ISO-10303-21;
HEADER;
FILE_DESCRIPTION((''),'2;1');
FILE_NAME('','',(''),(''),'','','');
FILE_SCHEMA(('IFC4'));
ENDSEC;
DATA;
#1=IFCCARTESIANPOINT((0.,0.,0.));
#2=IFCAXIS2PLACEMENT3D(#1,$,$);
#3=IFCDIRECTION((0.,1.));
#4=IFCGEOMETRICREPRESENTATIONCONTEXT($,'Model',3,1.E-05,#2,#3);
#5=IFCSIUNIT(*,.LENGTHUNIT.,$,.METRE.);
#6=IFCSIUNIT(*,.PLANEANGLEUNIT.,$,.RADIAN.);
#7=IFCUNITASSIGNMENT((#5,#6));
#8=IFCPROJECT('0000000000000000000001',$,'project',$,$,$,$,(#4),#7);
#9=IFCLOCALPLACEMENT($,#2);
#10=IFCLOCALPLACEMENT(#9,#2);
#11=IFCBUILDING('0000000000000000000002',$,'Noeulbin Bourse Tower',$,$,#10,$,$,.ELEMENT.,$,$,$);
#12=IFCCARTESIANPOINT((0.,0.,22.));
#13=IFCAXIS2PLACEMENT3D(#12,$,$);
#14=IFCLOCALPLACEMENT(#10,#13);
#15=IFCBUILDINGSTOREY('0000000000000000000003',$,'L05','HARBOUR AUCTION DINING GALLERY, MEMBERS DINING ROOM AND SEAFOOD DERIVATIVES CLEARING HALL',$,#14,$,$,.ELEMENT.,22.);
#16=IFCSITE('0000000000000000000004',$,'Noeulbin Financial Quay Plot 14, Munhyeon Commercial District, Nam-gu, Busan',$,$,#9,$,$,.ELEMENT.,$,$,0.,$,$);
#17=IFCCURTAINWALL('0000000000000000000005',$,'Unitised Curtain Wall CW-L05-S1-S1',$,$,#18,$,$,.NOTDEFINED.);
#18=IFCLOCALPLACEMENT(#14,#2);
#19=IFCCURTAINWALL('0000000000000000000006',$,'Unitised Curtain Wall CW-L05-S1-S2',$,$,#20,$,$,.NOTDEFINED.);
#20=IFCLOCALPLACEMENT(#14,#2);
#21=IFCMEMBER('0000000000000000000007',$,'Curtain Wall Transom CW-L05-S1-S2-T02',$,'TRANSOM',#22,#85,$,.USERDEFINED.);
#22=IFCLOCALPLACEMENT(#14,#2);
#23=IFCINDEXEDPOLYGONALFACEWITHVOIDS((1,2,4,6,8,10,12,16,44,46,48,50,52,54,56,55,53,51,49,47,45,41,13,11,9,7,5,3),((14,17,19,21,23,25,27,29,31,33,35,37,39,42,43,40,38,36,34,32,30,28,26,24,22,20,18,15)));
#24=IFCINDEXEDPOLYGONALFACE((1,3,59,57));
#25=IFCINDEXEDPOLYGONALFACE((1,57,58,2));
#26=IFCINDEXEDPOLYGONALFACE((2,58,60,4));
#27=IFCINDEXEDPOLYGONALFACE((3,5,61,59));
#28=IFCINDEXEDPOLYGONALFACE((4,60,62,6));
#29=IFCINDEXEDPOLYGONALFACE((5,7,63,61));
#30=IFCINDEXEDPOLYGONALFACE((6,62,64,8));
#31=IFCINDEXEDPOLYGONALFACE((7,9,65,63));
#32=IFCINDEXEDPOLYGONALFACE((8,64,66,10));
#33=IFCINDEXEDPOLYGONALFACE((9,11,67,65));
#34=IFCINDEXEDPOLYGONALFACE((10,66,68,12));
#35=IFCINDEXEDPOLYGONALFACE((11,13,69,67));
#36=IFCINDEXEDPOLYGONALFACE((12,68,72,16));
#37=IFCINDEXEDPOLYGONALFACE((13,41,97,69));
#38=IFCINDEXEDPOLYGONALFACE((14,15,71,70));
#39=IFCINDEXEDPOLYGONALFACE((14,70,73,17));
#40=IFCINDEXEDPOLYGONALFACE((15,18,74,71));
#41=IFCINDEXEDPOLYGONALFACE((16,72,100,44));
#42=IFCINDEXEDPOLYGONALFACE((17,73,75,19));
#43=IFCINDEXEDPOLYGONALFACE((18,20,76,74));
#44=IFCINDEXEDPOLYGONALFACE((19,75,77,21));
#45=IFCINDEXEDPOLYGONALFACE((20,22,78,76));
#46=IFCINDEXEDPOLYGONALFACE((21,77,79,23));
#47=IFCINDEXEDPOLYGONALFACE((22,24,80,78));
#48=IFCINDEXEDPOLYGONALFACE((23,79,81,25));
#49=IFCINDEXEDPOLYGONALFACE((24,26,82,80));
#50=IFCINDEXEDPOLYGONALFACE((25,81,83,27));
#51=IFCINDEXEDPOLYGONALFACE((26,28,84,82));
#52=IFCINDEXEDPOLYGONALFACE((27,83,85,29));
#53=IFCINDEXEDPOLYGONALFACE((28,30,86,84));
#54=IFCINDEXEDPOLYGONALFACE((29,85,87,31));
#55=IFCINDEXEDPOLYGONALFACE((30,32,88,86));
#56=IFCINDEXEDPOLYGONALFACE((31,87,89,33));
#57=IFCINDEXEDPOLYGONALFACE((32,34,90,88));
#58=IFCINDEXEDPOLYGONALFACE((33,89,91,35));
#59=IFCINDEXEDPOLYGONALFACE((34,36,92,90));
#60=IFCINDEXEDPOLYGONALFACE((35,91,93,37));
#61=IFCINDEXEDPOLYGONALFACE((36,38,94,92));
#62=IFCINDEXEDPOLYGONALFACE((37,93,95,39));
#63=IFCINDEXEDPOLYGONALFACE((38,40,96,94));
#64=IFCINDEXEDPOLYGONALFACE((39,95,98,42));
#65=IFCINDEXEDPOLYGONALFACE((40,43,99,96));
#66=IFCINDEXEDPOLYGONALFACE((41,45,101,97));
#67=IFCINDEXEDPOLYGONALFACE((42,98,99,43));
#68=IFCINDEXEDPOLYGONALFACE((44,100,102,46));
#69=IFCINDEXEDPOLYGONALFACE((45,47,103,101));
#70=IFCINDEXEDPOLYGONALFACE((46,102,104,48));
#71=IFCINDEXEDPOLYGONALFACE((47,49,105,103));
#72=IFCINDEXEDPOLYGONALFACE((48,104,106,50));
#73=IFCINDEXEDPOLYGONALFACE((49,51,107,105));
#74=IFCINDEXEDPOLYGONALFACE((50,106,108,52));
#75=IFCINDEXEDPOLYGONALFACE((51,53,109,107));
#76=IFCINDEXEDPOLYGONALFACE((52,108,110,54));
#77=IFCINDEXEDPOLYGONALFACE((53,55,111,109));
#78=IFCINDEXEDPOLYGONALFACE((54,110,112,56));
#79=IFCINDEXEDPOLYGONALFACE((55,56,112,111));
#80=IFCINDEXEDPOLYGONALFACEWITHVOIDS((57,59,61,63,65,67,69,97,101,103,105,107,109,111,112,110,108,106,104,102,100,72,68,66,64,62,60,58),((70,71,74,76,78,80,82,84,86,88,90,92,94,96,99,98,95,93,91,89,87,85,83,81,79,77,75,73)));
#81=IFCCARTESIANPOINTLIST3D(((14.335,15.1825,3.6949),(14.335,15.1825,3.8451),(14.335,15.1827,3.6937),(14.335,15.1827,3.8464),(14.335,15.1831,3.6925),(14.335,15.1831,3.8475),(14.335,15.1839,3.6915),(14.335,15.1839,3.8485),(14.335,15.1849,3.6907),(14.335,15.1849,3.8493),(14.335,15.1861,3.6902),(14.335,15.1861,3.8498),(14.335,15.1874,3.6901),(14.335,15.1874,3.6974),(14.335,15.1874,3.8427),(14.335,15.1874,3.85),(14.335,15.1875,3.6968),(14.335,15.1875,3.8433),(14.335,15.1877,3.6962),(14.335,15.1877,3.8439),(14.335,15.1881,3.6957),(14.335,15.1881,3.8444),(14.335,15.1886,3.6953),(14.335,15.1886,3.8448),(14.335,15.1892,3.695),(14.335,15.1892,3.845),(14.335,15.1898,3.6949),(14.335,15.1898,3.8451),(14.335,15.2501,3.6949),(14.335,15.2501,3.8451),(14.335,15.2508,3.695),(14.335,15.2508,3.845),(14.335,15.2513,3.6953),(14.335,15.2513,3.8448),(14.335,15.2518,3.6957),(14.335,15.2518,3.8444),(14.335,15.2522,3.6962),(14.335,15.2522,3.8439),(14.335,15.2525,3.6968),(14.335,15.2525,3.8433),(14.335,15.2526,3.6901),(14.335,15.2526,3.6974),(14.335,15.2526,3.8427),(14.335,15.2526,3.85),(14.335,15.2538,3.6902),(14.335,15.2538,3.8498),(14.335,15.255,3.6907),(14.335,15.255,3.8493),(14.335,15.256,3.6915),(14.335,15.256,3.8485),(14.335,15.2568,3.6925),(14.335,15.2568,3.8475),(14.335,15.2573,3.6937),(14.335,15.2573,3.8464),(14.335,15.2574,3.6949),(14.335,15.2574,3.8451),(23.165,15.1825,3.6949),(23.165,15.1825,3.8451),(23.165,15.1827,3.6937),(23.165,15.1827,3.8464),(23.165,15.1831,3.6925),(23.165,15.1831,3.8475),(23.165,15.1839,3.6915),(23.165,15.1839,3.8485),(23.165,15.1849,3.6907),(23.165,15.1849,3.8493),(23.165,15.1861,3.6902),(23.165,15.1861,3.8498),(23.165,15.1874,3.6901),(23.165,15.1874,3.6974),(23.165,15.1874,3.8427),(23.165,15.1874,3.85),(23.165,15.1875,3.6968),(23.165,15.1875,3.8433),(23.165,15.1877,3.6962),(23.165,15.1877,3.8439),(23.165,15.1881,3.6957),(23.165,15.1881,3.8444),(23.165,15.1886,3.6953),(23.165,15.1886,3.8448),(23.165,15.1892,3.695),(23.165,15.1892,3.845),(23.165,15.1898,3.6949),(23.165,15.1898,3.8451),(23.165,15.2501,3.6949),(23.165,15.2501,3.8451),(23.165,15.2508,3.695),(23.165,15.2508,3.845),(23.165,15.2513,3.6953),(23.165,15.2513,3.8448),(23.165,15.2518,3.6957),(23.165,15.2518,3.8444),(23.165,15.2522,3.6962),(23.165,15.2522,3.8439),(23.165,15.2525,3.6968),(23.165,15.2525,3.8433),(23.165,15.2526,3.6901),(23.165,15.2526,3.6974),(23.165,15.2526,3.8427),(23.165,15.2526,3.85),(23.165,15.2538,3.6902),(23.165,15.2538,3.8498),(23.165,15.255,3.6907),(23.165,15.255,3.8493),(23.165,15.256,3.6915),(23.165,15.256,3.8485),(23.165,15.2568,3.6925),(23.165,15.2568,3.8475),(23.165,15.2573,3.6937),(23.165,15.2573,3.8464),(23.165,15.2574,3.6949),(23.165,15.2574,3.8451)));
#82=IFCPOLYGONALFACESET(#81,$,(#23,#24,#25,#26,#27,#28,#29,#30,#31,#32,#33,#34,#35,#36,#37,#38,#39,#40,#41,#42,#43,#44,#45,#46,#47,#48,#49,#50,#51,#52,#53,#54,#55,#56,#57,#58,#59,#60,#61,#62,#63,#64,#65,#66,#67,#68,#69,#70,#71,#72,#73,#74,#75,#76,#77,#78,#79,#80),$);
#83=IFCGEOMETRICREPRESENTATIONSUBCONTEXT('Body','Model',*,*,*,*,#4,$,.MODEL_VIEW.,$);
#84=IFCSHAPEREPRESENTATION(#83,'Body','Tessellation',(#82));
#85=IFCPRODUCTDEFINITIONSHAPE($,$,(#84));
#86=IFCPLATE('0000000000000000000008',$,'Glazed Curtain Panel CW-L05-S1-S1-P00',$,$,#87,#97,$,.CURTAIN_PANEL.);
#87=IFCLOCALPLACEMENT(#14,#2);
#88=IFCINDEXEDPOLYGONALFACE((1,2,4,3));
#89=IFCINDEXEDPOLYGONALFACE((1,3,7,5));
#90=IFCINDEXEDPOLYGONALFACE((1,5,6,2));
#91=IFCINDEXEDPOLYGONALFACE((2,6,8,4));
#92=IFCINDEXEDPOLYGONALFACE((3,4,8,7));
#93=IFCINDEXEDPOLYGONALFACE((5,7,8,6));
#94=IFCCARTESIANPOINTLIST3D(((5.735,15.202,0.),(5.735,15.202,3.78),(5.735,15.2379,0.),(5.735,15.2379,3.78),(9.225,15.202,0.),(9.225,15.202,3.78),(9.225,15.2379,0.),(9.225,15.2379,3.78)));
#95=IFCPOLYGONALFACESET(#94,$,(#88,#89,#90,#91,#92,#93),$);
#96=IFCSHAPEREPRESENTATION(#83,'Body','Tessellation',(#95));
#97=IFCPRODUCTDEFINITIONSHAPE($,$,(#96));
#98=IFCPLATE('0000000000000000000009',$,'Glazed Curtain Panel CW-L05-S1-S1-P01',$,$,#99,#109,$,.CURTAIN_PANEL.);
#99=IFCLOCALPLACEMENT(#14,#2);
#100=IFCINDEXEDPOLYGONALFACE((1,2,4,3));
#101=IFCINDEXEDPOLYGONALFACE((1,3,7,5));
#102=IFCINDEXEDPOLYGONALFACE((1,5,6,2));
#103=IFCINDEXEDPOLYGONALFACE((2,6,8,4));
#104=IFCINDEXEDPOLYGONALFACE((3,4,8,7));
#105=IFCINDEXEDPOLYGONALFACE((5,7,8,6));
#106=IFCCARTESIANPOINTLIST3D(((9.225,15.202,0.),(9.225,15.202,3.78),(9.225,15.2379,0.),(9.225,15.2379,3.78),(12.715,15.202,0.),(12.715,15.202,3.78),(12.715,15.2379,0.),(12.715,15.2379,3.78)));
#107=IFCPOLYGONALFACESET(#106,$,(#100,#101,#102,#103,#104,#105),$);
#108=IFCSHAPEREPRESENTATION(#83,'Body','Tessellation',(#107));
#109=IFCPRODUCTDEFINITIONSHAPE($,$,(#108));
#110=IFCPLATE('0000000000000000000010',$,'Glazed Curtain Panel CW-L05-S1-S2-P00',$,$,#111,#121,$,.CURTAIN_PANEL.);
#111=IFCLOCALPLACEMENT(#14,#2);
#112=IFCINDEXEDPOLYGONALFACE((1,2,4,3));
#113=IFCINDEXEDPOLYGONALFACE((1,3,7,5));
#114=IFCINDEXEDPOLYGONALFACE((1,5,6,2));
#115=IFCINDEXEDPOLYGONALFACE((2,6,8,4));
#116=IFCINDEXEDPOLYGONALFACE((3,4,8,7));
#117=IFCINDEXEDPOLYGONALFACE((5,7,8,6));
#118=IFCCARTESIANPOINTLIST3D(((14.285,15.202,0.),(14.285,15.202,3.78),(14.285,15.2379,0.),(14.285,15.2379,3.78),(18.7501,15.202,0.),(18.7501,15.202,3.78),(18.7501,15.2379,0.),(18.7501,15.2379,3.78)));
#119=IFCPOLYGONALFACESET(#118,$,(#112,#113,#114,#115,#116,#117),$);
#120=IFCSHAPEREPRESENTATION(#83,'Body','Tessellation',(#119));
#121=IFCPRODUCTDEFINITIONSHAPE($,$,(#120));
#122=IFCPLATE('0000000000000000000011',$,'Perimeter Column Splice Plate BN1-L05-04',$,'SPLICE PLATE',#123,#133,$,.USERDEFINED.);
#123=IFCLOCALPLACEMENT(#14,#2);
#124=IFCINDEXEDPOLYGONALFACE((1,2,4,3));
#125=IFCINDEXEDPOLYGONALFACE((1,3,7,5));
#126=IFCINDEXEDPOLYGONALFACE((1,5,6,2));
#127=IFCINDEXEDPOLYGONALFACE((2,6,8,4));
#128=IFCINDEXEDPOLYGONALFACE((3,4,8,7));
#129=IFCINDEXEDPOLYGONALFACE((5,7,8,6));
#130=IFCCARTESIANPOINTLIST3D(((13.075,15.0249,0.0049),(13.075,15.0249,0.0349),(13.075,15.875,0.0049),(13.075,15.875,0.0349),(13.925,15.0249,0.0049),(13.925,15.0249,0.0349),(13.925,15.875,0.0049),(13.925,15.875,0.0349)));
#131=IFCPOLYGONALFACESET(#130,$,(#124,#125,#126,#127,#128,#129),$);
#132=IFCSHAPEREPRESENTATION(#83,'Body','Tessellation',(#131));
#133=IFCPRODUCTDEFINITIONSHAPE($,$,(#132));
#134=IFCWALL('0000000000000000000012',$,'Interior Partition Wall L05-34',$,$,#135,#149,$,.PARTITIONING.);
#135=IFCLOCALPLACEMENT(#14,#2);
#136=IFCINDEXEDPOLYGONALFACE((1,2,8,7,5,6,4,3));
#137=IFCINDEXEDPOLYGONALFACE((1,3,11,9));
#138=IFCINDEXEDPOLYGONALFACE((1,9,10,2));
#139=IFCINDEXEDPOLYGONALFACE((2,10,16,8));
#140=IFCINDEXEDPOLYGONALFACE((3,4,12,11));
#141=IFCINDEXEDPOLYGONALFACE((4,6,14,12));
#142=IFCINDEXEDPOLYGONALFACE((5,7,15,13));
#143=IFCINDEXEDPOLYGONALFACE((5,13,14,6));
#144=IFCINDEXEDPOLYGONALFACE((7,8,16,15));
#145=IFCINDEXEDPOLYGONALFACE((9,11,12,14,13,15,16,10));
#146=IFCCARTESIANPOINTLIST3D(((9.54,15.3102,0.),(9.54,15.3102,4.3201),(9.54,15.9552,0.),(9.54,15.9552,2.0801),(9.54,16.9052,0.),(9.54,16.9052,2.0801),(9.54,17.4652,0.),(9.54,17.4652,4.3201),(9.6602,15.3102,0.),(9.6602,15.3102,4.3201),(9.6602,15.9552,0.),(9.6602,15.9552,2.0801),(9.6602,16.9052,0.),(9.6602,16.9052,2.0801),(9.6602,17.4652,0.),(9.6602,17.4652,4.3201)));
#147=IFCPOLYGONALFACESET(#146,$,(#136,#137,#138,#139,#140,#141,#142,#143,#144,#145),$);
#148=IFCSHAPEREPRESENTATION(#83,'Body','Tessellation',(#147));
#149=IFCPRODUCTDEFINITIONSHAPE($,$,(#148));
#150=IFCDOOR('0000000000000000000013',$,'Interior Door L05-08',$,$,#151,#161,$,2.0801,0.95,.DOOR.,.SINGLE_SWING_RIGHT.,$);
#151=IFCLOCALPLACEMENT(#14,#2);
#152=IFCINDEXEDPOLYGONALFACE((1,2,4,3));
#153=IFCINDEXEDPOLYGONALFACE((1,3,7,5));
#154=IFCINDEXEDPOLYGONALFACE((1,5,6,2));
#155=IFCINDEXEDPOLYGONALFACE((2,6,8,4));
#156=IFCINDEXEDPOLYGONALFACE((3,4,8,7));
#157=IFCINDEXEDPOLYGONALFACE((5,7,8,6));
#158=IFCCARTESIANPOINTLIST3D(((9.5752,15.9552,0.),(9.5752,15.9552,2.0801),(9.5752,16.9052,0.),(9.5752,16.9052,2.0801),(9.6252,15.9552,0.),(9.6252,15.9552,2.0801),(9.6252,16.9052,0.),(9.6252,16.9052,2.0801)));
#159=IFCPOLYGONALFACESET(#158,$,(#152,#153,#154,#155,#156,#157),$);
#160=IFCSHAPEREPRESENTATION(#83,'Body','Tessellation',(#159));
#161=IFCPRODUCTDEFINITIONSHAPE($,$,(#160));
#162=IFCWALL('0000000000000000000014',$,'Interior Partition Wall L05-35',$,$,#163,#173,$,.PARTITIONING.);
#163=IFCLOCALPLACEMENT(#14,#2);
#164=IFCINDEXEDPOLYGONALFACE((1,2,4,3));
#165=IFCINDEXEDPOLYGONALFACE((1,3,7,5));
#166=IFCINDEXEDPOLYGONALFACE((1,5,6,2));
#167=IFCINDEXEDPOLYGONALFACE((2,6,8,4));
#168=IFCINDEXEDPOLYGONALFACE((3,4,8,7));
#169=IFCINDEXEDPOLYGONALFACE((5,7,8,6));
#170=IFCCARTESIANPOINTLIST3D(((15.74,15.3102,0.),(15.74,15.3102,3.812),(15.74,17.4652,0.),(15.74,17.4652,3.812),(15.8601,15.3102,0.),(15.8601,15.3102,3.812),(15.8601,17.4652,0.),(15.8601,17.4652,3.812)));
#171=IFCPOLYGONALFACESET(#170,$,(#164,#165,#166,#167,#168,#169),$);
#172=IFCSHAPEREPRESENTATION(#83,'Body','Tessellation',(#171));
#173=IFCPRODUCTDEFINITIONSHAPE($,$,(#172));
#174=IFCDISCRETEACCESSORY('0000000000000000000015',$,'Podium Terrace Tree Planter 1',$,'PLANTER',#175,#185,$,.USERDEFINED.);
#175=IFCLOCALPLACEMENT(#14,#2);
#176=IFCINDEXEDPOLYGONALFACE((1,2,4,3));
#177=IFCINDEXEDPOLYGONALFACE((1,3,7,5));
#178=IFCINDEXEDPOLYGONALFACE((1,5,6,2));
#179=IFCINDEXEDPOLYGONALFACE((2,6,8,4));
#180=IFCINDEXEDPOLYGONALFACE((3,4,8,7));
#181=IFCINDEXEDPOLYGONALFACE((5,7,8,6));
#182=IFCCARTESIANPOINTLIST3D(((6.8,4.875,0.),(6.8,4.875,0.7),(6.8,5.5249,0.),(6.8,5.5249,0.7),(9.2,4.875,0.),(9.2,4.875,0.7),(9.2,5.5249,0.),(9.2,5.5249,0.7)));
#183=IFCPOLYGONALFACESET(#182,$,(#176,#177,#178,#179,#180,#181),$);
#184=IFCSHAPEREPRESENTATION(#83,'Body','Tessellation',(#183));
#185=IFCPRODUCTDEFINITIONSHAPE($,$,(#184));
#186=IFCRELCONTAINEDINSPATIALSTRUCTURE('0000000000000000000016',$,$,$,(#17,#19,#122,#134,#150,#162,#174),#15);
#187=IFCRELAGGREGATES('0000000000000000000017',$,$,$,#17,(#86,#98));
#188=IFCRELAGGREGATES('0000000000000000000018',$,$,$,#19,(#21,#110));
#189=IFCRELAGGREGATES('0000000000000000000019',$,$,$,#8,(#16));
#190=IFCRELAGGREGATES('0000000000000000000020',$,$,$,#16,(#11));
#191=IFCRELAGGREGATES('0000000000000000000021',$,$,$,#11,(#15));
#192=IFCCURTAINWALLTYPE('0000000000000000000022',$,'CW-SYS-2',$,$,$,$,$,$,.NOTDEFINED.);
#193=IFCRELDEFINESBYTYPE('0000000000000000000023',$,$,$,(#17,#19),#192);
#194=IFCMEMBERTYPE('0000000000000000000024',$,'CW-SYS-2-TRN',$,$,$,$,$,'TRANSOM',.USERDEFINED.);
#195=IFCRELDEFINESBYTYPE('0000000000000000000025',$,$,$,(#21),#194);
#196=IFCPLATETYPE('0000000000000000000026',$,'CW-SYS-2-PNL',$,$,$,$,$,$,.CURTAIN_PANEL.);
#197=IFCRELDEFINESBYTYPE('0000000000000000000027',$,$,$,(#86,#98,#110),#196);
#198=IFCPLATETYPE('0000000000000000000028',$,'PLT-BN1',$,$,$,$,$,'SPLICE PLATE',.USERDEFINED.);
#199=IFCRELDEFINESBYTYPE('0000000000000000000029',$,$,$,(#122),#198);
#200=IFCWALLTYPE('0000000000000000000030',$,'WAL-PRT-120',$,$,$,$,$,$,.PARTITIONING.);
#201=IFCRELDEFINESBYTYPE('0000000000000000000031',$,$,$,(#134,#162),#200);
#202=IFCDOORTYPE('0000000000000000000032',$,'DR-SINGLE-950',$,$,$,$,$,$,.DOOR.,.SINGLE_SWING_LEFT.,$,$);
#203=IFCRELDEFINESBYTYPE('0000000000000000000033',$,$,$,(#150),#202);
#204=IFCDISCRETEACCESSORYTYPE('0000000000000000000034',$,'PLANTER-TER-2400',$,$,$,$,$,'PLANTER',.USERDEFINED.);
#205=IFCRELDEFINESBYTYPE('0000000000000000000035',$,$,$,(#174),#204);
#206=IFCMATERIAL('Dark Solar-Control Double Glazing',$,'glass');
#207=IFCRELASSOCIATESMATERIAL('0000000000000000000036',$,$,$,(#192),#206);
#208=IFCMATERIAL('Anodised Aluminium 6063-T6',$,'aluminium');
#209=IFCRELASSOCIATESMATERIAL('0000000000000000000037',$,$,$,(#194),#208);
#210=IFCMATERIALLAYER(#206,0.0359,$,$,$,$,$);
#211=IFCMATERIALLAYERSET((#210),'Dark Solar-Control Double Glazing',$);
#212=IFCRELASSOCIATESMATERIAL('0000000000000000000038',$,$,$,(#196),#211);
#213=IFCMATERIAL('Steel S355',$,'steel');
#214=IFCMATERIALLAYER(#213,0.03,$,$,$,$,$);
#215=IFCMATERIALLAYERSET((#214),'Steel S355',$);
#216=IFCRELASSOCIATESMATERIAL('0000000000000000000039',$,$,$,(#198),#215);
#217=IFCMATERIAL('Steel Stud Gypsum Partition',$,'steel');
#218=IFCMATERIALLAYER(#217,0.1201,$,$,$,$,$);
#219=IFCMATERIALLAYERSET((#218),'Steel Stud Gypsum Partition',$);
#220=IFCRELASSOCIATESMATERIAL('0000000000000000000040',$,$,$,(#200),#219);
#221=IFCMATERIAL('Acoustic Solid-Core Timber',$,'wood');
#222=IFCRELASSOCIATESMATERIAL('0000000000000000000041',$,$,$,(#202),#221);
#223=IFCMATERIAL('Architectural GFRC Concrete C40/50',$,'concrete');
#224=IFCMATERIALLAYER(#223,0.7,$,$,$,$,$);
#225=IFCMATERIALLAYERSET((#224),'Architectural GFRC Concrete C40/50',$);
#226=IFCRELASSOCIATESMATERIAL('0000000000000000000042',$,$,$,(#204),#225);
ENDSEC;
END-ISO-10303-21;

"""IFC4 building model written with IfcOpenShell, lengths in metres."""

from ifc_helpers import new_model, si_unit, direction, frame, frame_2d, origin, origin_2d, place, context, subcontext, project, spatial, rectangle, hollow_rectangle, extrude, material, layer, layer_set, material_profile, profile_set, type_object, element, fill, aggregate, save


model = new_model("IFC4")

# Units and contexts
model_context = context("Model", 3, precision=1e-05, world=origin(), true_north=direction((0.0, 1.0)))
body_context = subcontext(model_context, "Body", "Model", "MODEL_VIEW")
ifc_project = project(units=[si_unit("LENGTHUNIT", "METRE"), si_unit("PLANEANGLEUNIT", "RADIAN")], contexts=[model_context])

# Site, building, storey
site_placement = place(None, origin())
site = spatial("IfcSite", under=ifc_project, at=site_placement, Name="Noeulbin Financial Quay Plot 14, Munhyeon Commercial District, Nam-gu, Busan", CompositionType="ELEMENT", RefElevation=0.0)
building_placement = place(site_placement, origin())
building = spatial("IfcBuilding", under=site, at=building_placement, Name="Noeulbin Bourse Tower", CompositionType="ELEMENT")
storey_placement = place(building_placement, frame((0.0, 0.0, 22.0)))
storey = spatial("IfcBuildingStorey", under=building, at=storey_placement, Name="L05", Description="HARBOUR AUCTION DINING GALLERY, MEMBERS DINING ROOM AND SEAFOOD DERIVATIVES CLEARING HALL", CompositionType="ELEMENT", Elevation=22.0)

# Shared definitions
ifc_material_1 = material(Name="Steel S355", Category="steel")

# Curtain wall
ifc_material_2 = material(Name="Dark Solar-Control Double Glazing", Category="glass")
curtain_wall_type = type_object("IfcCurtainWallType", Name="CW-SYS-2", PredefinedType="NOTDEFINED", material=ifc_material_2)
curtain_wall_1_placement = place(storey_placement, origin())
curtain_wall_1 = element("IfcCurtainWall", 1, at=curtain_wall_1_placement, inside=storey, type_object=curtain_wall_type, Name="Unitised Curtain Wall CW-L05-S1-S1", PredefinedType="NOTDEFINED")
ifc_material_3 = material(Name="Anodised Aluminium 6063-T6", Category="aluminium")

# Curtain wall
curtain_wall_2_placement = place(storey_placement, origin())
curtain_wall_2 = element("IfcCurtainWall", 2, at=curtain_wall_2_placement, inside=storey, type_object=curtain_wall_type, Name="Unitised Curtain Wall CW-L05-S1-S2", PredefinedType="NOTDEFINED")

# Member
ifc_material_profile_1 = material_profile(ifc_material_3, hollow_rectangle(XDim=0.075, YDim=0.1599, WallThickness=0.0049, InnerFilletRadius=0.0024, OuterFilletRadius=0.0049, at=origin_2d()), Name="ALU-TRAN-75x160x5", Category="LoadBearing")
ifc_profile_set_1 = profile_set([ifc_material_profile_1], Name="Anodised Aluminium 6063-T6")
member_type_1 = type_object("IfcMemberType", Name="CW-SYS-2-TRN", ElementType="TRANSOM", PredefinedType="USERDEFINED", material=ifc_profile_set_1)
member_1_placement = place(storey_placement, frame((14.335, 15.22, 3.77), z_axis=(1.0, 0.0, 0.0), x_axis=(0.0, 1.0, 0.0)))
member_1 = element("IfcMember", 3, at=member_1_placement, type_object=member_type_1, Name="Curtain Wall Transom CW-L05-S1-S2-T02", ObjectType="TRANSOM", PredefinedType="USERDEFINED", context=body_context, shape_type="SweptSolid", body=[
    extrude(hollow_rectangle(XDim=0.075, YDim=0.1599, WallThickness=0.0049, InnerFilletRadius=0.0024, OuterFilletRadius=0.0049, at=origin_2d()), origin(), (0.0, 0.0, 1.0), 8.8301),
])

# Plates
ifc_layer_1 = layer(ifc_material_2, 0.0359)
ifc_layer_set_1 = layer_set([ifc_layer_1], Name="Dark Solar-Control Double Glazing")
plate_type_1 = type_object("IfcPlateType", Name="CW-SYS-2-PNL", PredefinedType="CURTAIN_PANEL", material=ifc_layer_set_1)
plate_1_placement = place(storey_placement, frame((7.48, 15.22, 0.0), z_axis=(0.0, 0.0, 1.0), x_axis=(1.0, 0.0, 0.0)))
plate_1 = element("IfcPlate", 4, at=plate_1_placement, type_object=plate_type_1, Name="Glazed Curtain Panel CW-L05-S1-S1-P00", PredefinedType="CURTAIN_PANEL", context=body_context, shape_type="SweptSolid", body=[
    extrude(rectangle(XDim=3.49, YDim=0.0359, at=origin_2d()), origin(), (0.0, 0.0, 1.0), 3.78),
])
plate_2_placement = place(storey_placement, frame((10.97, 15.22, 0.0), z_axis=(0.0, 0.0, 1.0), x_axis=(1.0, 0.0, 0.0)))
plate_2 = element("IfcPlate", 5, at=plate_2_placement, type_object=plate_type_1, Name="Glazed Curtain Panel CW-L05-S1-S1-P01", PredefinedType="CURTAIN_PANEL", context=body_context, shape_type="SweptSolid", body=[
    extrude(rectangle(XDim=3.49, YDim=0.0359, at=origin_2d()), origin(), (0.0, 0.0, 1.0), 3.78),
])
aggregate(curtain_wall_1, [plate_1, plate_2])
plate_3_placement = place(storey_placement, frame((16.5176, 15.22, 0.0), z_axis=(0.0, 0.0, 1.0), x_axis=(1.0, 0.0, 0.0)))
plate_3 = element("IfcPlate", 6, at=plate_3_placement, type_object=plate_type_1, Name="Glazed Curtain Panel CW-L05-S1-S2-P00", PredefinedType="CURTAIN_PANEL", context=body_context, shape_type="SweptSolid", body=[
    extrude(rectangle(XDim=4.4651, YDim=0.0359, at=origin_2d()), origin(), (0.0, 0.0, 1.0), 3.78),
])
aggregate(curtain_wall_2, [member_1, plate_3])
ifc_layer_2 = layer(ifc_material_1, 0.03)
ifc_layer_set_2 = layer_set([ifc_layer_2], Name="Steel S355")
plate_type_2 = type_object("IfcPlateType", Name="PLT-BN1", ElementType="SPLICE PLATE", PredefinedType="USERDEFINED", material=ifc_layer_set_2)
plate_4_placement = place(storey_placement, frame((13.5, 15.45, 0.0049), z_axis=(0.0, 0.0, 1.0), x_axis=(1.0, 0.0, 0.0)))
element("IfcPlate", 7, at=plate_4_placement, inside=storey, type_object=plate_type_2, Name="Perimeter Column Splice Plate BN1-L05-04", ObjectType="SPLICE PLATE", PredefinedType="USERDEFINED", context=body_context, shape_type="SweptSolid", body=[
    extrude(rectangle(XDim=0.8501, YDim=0.8501, at=origin_2d()), origin(), (0.0, 0.0, 1.0), 0.03),
])

# Wall, opening, door
ifc_material_4 = material(Name="Steel Stud Gypsum Partition", Category="steel")
ifc_layer_3 = layer(ifc_material_4, 0.1201)
ifc_layer_set_3 = layer_set([ifc_layer_3], Name="Steel Stud Gypsum Partition")
wall_type = type_object("IfcWallType", Name="WAL-PRT-120", PredefinedType="PARTITIONING", material=ifc_layer_set_3)
wall_1_placement = place(storey_placement, frame((9.6001, 15.3101, 0.0), z_axis=(0.0, 0.0, 1.0), x_axis=(0.0, 1.0, 0.0)))
wall_1 = element("IfcWall", 8, at=wall_1_placement, inside=storey, type_object=wall_type, Name="Interior Partition Wall L05-34", PredefinedType="PARTITIONING", context=body_context, shape_type="SweptSolid", body=[
    extrude(rectangle(XDim=2.155, YDim=0.1201, at=frame_2d((1.0776, 0.0))), origin(), (0.0, 0.0, 1.0), 4.3201),
])
opening_placement = place(wall_1_placement, frame((0.645, 0.0, 0.0)))
opening = element("IfcOpeningElement", 9, at=opening_placement, cuts=wall_1, PredefinedType="OPENING", context=body_context, shape_type="SweptSolid", body=[
    extrude(rectangle(XDim=0.95, YDim=2.0801, at=frame_2d((0.4751, 1.04))), frame((0.0, 0.0701, 0.0), z_axis=(0.0, -1.0, 0.0), x_axis=(1.0, 0.0, 0.0)), (0.0, 0.0, 1.0), 0.1401),
])
ifc_material_5 = material(Name="Acoustic Solid-Core Timber", Category="wood")
door_type = type_object("IfcDoorType", Name="DR-SINGLE-950", OperationType="SINGLE_SWING_LEFT", PredefinedType="DOOR", material=ifc_material_5)
door_placement = place(opening_placement, origin())
door = element("IfcDoor", 10, at=door_placement, inside=storey, type_object=door_type, Name="Interior Door L05-08", OperationType="SINGLE_SWING_RIGHT", OverallHeight=2.0801, OverallWidth=0.95, PredefinedType="DOOR", context=body_context, shape_type="SweptSolid", body=[
    extrude(rectangle(XDim=0.95, YDim=2.0801, at=frame_2d((0.4751, 1.04))), frame((0.0, 0.0249, 0.0), z_axis=(0.0, -1.0, 0.0), x_axis=(1.0, 0.0, 0.0)), (0.0, 0.0, 1.0), 0.05),
])
fill(opening, door)

# Wall
wall_2_placement = place(storey_placement, frame((15.8, 15.3101, 0.0), z_axis=(0.0, 0.0, 1.0), x_axis=(0.0, 1.0, 0.0)))
element("IfcWall", 11, at=wall_2_placement, inside=storey, type_object=wall_type, Name="Interior Partition Wall L05-35", PredefinedType="PARTITIONING", context=body_context, shape_type="SweptSolid", body=[
    extrude(rectangle(XDim=2.155, YDim=0.1201, at=frame_2d((1.0776, 0.0))), origin(), (0.0, 0.0, 1.0), 3.812),
])

# Discrete accessory
ifc_material_6 = material(Name="Architectural GFRC Concrete C40/50", Category="concrete")
ifc_layer_4 = layer(ifc_material_6, 0.7)
ifc_layer_set_4 = layer_set([ifc_layer_4], Name="Architectural GFRC Concrete C40/50")
discrete_accessory_type = type_object("IfcDiscreteAccessoryType", Name="PLANTER-TER-2400", ElementType="PLANTER", PredefinedType="USERDEFINED", material=ifc_layer_set_4)
discrete_accessory_placement = place(storey_placement, frame((8.0, 5.2, 0.0), z_axis=(0.0, 0.0, 1.0), x_axis=(1.0, 0.0, 0.0)))
element("IfcDiscreteAccessory", 12, at=discrete_accessory_placement, inside=storey, type_object=discrete_accessory_type, Name="Podium Terrace Tree Planter 1", ObjectType="PLANTER", PredefinedType="USERDEFINED", context=body_context, shape_type="SweptSolid", body=[
    extrude(rectangle(XDim=2.3999, YDim=0.6499, at=origin_2d()), origin(), (0.0, 0.0, 1.0), 0.7),
])

save(model, "model.ifc")
